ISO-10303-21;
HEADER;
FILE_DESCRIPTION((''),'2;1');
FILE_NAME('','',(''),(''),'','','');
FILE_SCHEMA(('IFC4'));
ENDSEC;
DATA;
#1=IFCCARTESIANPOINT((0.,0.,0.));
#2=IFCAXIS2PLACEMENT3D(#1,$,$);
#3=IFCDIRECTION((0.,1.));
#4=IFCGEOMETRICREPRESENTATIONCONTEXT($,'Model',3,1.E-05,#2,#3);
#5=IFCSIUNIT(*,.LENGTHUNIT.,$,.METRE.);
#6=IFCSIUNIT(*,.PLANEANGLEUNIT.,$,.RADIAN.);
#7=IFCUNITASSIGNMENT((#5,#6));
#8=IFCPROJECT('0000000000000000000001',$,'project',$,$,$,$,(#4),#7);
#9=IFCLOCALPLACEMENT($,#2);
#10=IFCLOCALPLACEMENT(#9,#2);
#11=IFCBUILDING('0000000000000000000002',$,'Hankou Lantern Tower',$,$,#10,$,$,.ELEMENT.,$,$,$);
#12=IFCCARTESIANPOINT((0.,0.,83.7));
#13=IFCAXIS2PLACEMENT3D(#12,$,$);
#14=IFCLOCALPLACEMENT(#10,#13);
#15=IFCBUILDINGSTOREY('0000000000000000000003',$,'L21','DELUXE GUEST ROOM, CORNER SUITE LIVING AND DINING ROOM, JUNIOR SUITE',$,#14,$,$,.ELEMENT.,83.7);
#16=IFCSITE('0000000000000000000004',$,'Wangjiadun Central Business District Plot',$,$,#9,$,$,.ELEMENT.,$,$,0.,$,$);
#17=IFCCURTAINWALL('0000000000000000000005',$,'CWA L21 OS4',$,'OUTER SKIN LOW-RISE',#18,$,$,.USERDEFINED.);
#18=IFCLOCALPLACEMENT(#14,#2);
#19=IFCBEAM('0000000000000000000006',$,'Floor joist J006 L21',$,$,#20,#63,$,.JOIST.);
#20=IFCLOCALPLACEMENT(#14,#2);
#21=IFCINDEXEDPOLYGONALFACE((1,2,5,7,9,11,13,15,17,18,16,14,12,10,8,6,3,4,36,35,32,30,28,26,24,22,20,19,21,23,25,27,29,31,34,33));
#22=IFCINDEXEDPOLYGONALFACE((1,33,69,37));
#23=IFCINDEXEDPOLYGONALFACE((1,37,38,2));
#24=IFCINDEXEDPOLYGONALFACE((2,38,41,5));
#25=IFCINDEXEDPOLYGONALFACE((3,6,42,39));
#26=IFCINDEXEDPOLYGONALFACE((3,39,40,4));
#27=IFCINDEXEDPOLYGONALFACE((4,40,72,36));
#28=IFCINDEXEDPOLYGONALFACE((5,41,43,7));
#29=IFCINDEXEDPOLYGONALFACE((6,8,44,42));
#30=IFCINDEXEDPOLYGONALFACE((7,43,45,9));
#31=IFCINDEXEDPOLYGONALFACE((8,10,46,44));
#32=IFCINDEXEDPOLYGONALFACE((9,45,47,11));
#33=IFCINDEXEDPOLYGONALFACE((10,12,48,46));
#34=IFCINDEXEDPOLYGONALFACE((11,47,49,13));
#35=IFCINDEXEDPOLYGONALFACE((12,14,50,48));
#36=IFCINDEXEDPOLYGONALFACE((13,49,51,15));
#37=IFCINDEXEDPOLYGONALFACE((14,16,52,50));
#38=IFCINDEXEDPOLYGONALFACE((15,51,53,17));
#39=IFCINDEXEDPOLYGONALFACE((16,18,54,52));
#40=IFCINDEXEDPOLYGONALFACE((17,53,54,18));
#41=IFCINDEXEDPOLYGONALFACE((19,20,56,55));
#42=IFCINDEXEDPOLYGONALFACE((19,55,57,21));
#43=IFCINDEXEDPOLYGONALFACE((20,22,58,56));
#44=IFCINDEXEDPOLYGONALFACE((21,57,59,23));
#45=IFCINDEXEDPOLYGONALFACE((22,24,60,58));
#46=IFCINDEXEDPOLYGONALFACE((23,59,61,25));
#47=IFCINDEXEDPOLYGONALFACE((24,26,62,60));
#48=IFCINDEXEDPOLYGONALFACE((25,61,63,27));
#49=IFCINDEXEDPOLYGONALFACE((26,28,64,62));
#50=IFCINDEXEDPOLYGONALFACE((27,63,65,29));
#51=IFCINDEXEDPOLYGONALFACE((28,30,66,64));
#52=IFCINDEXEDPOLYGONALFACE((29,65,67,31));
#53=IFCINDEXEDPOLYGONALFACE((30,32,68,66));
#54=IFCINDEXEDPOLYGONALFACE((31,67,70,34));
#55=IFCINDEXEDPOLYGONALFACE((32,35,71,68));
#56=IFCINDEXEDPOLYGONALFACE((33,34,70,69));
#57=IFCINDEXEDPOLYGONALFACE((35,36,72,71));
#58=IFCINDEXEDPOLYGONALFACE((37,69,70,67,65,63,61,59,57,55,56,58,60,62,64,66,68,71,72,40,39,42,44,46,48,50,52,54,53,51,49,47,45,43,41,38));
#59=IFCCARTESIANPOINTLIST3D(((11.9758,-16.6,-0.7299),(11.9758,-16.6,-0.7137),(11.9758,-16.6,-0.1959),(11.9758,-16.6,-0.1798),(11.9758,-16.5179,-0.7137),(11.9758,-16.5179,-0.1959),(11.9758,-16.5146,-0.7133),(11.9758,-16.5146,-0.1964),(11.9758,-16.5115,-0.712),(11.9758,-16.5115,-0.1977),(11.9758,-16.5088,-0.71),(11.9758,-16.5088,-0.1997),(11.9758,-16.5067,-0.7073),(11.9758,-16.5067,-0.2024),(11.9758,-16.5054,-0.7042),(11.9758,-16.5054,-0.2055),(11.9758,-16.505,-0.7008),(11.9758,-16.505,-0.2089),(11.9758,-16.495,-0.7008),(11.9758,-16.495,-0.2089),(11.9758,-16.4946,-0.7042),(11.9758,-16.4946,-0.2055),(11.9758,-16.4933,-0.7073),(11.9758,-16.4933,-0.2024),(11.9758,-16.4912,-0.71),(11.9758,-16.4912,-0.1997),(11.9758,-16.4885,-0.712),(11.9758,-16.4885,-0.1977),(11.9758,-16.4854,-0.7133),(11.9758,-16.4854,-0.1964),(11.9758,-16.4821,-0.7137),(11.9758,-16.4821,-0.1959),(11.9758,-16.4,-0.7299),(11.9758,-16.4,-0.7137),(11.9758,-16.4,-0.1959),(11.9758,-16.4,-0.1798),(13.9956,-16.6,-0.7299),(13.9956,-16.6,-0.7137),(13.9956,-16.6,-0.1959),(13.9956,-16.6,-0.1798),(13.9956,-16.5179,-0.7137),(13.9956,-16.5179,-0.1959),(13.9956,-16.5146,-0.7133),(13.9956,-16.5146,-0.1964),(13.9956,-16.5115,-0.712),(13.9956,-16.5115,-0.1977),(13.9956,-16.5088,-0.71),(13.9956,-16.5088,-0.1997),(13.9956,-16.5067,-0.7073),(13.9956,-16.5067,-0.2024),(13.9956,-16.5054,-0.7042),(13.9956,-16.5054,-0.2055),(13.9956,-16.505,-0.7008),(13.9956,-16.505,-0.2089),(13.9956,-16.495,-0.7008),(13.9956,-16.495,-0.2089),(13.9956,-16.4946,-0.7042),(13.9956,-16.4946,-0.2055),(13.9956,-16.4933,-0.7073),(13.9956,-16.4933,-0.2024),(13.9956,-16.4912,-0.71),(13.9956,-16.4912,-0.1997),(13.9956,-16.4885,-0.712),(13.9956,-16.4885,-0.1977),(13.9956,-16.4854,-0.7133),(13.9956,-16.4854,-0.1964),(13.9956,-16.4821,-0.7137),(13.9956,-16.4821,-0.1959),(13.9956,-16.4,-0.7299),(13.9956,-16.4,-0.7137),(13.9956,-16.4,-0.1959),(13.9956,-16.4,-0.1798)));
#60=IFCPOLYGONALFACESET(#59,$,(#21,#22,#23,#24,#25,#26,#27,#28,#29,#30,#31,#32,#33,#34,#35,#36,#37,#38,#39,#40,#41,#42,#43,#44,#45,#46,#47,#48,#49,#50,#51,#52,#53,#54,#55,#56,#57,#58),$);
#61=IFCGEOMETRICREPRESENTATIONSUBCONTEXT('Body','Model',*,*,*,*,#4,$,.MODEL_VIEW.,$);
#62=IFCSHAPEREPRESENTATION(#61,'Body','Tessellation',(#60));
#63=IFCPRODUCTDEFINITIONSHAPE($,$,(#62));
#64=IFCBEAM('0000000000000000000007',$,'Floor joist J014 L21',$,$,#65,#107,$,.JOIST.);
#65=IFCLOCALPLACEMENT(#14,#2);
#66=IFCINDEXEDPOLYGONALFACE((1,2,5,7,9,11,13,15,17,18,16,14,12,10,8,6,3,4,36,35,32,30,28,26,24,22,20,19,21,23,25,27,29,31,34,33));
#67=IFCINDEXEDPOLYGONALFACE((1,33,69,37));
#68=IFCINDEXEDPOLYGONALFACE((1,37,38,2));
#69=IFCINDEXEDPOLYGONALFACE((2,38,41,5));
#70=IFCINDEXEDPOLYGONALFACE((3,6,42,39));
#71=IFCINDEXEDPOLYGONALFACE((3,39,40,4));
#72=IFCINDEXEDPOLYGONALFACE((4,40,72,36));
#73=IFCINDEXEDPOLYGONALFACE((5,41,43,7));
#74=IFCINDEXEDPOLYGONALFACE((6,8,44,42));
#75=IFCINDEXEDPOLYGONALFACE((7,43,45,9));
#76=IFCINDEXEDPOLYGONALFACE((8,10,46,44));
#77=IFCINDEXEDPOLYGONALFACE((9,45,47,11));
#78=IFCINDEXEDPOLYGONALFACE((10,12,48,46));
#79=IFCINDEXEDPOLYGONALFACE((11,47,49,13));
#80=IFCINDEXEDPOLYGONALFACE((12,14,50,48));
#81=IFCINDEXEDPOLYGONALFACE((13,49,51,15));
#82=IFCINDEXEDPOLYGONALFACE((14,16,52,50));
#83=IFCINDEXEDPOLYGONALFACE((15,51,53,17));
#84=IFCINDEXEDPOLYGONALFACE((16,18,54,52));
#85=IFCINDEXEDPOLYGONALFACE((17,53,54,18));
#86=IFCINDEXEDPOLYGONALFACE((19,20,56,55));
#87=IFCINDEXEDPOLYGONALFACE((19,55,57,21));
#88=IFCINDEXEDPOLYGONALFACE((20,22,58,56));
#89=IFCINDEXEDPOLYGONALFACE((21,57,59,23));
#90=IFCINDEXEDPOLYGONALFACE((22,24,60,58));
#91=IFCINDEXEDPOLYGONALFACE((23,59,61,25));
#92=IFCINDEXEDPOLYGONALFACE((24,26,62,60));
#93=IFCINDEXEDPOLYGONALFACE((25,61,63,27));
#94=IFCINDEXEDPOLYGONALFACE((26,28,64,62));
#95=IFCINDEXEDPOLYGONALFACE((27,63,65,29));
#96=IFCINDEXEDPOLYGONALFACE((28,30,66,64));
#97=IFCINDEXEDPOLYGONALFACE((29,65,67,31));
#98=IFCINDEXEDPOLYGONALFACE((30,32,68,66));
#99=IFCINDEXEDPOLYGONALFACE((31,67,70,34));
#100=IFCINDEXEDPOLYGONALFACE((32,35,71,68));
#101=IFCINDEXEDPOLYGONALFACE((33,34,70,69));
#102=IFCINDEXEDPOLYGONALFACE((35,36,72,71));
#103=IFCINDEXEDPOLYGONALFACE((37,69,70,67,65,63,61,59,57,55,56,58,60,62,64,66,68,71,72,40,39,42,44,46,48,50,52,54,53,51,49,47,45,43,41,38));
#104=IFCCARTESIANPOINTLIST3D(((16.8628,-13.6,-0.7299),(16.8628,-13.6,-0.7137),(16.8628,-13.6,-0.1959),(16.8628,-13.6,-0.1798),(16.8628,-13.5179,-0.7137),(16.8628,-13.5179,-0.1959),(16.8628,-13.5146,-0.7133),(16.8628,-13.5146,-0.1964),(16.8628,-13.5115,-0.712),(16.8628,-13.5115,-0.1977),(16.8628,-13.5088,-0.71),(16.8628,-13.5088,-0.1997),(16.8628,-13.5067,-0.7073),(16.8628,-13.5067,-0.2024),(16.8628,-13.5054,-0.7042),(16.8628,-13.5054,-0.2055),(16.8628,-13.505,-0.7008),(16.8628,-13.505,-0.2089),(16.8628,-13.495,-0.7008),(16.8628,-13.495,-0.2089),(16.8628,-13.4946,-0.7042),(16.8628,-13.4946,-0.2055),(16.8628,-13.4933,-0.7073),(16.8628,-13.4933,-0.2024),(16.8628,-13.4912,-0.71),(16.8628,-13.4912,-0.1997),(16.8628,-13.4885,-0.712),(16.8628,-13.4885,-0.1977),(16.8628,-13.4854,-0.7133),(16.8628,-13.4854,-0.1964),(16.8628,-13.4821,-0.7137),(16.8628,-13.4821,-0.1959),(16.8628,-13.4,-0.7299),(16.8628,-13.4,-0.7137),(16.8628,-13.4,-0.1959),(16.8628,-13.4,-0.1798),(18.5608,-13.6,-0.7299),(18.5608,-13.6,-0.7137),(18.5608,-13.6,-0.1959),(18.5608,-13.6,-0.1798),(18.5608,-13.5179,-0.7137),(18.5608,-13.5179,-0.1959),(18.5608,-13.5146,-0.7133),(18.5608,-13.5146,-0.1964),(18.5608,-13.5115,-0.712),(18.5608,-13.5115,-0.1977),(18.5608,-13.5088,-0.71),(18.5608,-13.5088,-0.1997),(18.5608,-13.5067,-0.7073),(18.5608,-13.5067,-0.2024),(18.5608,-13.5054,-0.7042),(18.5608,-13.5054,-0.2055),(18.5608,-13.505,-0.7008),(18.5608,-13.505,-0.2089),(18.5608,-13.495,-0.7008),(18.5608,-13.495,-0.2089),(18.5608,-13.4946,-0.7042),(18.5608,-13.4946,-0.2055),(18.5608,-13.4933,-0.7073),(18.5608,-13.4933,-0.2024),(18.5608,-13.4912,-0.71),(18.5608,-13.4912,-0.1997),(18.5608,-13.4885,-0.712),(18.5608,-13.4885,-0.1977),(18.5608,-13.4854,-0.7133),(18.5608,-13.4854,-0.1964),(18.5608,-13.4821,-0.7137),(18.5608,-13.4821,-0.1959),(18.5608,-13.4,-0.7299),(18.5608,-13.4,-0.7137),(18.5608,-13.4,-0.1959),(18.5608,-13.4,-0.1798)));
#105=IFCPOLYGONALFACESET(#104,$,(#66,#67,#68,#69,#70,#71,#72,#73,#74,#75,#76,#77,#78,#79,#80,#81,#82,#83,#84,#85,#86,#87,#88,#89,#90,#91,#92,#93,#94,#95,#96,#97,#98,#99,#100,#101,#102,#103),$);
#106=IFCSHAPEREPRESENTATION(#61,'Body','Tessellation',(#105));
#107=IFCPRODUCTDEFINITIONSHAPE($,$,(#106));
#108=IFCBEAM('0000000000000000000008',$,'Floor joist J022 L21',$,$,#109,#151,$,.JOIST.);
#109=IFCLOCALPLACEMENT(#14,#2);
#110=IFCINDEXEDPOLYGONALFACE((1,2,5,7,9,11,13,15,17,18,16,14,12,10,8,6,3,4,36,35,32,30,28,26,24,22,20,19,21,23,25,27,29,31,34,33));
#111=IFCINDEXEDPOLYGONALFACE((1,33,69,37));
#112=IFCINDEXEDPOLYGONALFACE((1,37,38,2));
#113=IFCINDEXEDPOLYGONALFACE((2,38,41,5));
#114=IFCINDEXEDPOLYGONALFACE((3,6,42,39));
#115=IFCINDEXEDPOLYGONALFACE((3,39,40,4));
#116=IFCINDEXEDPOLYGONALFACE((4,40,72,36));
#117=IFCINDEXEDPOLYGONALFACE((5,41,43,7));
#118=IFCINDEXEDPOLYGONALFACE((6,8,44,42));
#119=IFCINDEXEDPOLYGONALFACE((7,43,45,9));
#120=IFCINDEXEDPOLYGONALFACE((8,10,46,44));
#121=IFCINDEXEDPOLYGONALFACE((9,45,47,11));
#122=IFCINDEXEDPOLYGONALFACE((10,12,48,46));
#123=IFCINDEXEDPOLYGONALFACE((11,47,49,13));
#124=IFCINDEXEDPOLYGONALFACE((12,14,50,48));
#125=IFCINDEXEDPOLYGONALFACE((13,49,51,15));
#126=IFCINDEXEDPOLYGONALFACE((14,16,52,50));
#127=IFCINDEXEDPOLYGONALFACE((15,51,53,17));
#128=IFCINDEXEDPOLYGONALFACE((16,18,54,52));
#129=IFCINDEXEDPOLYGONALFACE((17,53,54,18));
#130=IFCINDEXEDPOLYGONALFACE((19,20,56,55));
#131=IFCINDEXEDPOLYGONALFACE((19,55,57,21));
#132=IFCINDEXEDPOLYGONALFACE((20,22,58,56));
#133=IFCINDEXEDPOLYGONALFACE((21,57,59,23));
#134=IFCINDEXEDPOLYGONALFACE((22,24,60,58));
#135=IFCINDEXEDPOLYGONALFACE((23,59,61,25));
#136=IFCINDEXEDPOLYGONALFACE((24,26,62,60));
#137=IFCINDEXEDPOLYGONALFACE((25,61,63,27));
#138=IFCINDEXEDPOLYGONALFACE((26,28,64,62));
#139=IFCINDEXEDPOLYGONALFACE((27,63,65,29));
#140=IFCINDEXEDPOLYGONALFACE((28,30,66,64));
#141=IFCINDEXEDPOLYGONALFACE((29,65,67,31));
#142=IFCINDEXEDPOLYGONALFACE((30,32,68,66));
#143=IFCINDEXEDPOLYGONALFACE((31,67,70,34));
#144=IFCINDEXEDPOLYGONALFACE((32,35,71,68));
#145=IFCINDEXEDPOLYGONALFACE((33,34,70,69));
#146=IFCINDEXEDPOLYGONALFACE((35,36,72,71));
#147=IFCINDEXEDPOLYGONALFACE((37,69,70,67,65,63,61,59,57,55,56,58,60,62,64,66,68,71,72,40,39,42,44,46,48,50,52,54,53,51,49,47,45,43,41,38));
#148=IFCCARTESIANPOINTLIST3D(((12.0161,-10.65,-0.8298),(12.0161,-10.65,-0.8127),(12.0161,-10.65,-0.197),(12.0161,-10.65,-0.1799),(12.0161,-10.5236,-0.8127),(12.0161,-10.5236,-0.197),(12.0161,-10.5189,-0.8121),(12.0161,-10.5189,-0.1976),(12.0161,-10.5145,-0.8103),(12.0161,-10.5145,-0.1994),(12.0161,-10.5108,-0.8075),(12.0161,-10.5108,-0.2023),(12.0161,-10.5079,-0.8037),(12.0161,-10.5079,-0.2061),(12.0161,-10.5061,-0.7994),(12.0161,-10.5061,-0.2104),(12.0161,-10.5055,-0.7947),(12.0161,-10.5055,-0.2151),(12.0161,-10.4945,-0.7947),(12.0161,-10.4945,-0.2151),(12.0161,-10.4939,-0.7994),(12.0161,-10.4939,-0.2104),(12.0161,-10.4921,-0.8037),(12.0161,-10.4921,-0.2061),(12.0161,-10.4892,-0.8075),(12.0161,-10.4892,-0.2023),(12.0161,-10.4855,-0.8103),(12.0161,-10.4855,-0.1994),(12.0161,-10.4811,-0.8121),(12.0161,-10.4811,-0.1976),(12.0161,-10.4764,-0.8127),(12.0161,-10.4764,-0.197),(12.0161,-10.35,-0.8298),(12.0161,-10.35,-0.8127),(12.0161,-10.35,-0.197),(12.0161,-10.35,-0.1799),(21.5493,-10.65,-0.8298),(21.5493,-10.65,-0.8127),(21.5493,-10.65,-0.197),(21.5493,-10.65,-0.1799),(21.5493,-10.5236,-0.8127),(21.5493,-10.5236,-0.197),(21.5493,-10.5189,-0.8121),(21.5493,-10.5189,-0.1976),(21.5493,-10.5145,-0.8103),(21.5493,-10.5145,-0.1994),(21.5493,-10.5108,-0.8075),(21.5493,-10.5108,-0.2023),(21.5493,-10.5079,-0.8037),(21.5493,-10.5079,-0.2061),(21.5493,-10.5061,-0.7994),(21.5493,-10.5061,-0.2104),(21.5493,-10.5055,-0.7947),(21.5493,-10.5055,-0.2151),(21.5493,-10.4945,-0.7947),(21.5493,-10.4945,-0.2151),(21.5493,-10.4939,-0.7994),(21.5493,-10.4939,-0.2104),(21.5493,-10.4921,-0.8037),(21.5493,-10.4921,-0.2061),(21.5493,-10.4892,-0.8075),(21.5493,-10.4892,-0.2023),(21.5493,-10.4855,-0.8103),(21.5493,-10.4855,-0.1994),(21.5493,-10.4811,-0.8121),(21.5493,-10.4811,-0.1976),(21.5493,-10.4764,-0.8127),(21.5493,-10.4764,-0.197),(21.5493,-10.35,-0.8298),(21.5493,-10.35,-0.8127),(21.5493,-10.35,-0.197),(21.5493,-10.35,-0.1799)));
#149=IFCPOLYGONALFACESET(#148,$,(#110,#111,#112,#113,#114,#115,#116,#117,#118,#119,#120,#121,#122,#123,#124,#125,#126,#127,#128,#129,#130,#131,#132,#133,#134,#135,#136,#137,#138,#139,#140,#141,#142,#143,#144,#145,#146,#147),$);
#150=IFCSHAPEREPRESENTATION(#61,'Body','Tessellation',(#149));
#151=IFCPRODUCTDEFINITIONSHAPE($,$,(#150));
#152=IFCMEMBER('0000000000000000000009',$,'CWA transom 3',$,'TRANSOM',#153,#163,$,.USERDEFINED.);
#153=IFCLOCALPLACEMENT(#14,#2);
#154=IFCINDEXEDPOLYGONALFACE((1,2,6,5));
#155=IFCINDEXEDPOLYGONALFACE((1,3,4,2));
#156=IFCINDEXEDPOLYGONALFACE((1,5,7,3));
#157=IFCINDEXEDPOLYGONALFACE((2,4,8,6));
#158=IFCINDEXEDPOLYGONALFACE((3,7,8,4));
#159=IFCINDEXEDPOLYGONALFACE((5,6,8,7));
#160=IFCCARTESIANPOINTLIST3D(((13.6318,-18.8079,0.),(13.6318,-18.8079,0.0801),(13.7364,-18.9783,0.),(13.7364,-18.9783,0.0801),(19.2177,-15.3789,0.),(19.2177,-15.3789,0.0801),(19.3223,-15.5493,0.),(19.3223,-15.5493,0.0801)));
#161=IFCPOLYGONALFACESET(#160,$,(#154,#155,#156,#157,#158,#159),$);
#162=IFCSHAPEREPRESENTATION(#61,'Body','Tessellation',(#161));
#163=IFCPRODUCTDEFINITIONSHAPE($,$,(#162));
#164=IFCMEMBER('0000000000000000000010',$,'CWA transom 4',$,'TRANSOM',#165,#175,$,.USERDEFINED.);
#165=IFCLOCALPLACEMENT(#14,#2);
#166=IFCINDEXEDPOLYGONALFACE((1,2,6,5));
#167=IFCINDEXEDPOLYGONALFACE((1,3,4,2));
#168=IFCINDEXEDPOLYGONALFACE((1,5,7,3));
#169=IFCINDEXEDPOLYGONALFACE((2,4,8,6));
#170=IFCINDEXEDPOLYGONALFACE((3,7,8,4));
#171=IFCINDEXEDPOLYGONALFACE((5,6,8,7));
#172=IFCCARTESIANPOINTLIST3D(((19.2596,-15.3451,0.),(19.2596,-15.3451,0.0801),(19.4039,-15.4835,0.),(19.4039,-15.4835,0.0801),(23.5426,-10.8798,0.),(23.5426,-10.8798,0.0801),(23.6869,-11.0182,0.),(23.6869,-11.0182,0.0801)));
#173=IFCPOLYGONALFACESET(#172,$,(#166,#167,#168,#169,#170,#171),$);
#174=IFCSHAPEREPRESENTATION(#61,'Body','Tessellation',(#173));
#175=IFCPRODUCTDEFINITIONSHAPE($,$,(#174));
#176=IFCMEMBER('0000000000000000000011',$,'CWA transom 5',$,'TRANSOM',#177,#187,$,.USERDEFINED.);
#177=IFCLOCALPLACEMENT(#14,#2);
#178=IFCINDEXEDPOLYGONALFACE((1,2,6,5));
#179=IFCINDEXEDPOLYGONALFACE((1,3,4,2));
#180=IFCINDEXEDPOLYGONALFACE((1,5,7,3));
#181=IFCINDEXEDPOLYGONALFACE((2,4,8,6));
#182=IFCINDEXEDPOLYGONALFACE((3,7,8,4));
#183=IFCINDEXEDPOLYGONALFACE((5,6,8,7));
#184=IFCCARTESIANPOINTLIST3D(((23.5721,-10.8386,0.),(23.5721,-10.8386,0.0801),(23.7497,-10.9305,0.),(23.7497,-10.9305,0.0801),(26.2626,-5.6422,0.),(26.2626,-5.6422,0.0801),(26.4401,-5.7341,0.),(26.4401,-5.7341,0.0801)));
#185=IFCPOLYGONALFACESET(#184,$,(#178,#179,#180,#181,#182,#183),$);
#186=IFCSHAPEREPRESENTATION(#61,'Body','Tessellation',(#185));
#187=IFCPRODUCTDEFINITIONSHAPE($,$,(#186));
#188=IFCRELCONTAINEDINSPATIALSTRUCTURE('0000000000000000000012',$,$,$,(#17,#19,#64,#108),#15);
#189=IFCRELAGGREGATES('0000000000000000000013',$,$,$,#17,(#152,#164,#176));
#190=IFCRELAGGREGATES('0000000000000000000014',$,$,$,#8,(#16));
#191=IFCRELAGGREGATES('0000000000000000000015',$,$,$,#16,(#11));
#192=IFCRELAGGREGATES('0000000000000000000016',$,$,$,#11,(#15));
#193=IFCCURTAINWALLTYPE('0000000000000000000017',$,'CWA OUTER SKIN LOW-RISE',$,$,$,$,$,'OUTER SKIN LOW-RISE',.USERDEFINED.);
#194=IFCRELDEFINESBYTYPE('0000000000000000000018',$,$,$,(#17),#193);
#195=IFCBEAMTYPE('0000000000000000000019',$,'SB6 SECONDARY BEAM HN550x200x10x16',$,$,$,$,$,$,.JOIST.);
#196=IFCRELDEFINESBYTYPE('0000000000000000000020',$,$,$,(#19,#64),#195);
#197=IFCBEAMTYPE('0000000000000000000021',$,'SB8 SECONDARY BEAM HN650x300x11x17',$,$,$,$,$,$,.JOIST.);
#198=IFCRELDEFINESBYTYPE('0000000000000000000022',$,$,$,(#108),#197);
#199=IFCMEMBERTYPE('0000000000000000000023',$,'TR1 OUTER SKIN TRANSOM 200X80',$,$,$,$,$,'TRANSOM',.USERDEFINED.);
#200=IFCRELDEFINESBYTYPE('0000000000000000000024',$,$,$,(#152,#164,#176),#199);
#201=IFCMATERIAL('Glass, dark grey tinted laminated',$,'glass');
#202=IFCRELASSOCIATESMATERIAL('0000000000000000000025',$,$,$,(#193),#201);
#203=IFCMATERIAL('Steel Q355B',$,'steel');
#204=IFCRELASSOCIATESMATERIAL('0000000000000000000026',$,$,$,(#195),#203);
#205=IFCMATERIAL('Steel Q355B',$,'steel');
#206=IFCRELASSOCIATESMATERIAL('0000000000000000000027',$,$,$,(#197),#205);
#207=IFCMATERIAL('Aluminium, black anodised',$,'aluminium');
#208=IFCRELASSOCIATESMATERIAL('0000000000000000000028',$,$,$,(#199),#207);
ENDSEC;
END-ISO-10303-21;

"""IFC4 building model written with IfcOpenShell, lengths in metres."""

from ifc_helpers import new_model, si_unit, direction, frame, origin, origin_2d, place, context, subcontext, project, spatial, rectangle, i_section, extrude, material, material_profile, profile_set, type_object, element, aggregate, save


model = new_model("IFC4")

# Units and contexts
model_context = context("Model", 3, precision=1e-05, world=origin(), true_north=direction((0.0, 1.0)))
body_context = subcontext(model_context, "Body", "Model", "MODEL_VIEW")
ifc_project = project(units=[si_unit("LENGTHUNIT", "METRE"), si_unit("PLANEANGLEUNIT", "RADIAN")], contexts=[model_context])

# Site, building, storey
site_placement = place(None, origin())
site = spatial("IfcSite", under=ifc_project, at=site_placement, Name="Wangjiadun Central Business District Plot", CompositionType="ELEMENT", RefElevation=0.0)
building_placement = place(site_placement, origin())
building = spatial("IfcBuilding", under=site, at=building_placement, Name="Hankou Lantern Tower", CompositionType="ELEMENT")
storey_placement = place(building_placement, frame((0.0, 0.0, 83.7)))
storey = spatial("IfcBuildingStorey", under=building, at=storey_placement, Name="L21", Description="DELUXE GUEST ROOM, CORNER SUITE LIVING AND DINING ROOM, JUNIOR SUITE", CompositionType="ELEMENT", Elevation=83.7)

# Curtain wall
ifc_material_1 = material(Name="Glass, dark grey tinted laminated", Category="glass")
curtain_wall_type = type_object("IfcCurtainWallType", Name="CWA OUTER SKIN LOW-RISE", ElementType="OUTER SKIN LOW-RISE", PredefinedType="USERDEFINED", material=ifc_material_1)
curtain_wall_placement = place(storey_placement, origin())
curtain_wall = element("IfcCurtainWall", 1, at=curtain_wall_placement, inside=storey, type_object=curtain_wall_type, Name="CWA L21 OS4", ObjectType="OUTER SKIN LOW-RISE", PredefinedType="USERDEFINED")

# Beams
ifc_material_2 = material(Name="Steel Q355B", Category="steel")
ifc_material_profile_1 = material_profile(ifc_material_2, i_section(OverallWidth=0.2, OverallDepth=0.55, WebThickness=0.01, FlangeThickness=0.0161, FilletRadius=0.0129, at=origin_2d()), Name="HN550x200x10x16")
ifc_profile_set_1 = profile_set([ifc_material_profile_1], Name="Steel Q355B")
beam_type_1 = type_object("IfcBeamType", Name="SB6 SECONDARY BEAM HN550x200x10x16", PredefinedType="JOIST", material=ifc_profile_set_1)
beam_1_placement = place(storey_placement, frame((11.9758, -16.5, -0.4548), z_axis=(1.0, 0.0, 0.0), x_axis=(0.0, 1.0, 0.0)))
element("IfcBeam", 2, at=beam_1_placement, inside=storey, type_object=beam_type_1, Name="Floor joist J006 L21", PredefinedType="JOIST", context=body_context, shape_type="SweptSolid", body=[
    extrude(i_section(OverallWidth=0.2, OverallDepth=0.55, WebThickness=0.01, FlangeThickness=0.0161, FilletRadius=0.0129, at=origin_2d()), origin(), (0.0, 0.0, 1.0), 2.0198),
])
beam_2_placement = place(storey_placement, frame((16.8628, -13.5, -0.4548), z_axis=(1.0, 0.0, 0.0), x_axis=(0.0, 1.0, 0.0)))
element("IfcBeam", 3, at=beam_2_placement, inside=storey, type_object=beam_type_1, Name="Floor joist J014 L21", PredefinedType="JOIST", context=body_context, shape_type="SweptSolid", body=[
    extrude(i_section(OverallWidth=0.2, OverallDepth=0.55, WebThickness=0.01, FlangeThickness=0.0161, FilletRadius=0.0129, at=origin_2d()), origin(), (0.0, 0.0, 1.0), 1.698),
])
ifc_material_3 = material(Name="Steel Q355B", Category="steel")
ifc_material_profile_2 = material_profile(ifc_material_3, i_section(OverallWidth=0.3, OverallDepth=0.6499, WebThickness=0.011, FlangeThickness=0.0171, FilletRadius=0.0181, at=origin_2d()), Name="HN650x300x11x17")
ifc_profile_set_2 = profile_set([ifc_material_profile_2], Name="Steel Q355B")
beam_type_2 = type_object("IfcBeamType", Name="SB8 SECONDARY BEAM HN650x300x11x17", PredefinedType="JOIST", material=ifc_profile_set_2)
beam_3_placement = place(storey_placement, frame((12.0161, -10.5, -0.5049), z_axis=(1.0, 0.0, 0.0), x_axis=(0.0, 1.0, 0.0)))
element("IfcBeam", 4, at=beam_3_placement, inside=storey, type_object=beam_type_2, Name="Floor joist J022 L21", PredefinedType="JOIST", context=body_context, shape_type="SweptSolid", body=[
    extrude(i_section(OverallWidth=0.3, OverallDepth=0.6499, WebThickness=0.011, FlangeThickness=0.0171, FilletRadius=0.0181, at=origin_2d()), origin(), (0.0, 0.0, 1.0), 9.5332),
])

# Members
ifc_material_4 = material(Name="Aluminium, black anodised", Category="aluminium")
ifc_material_profile_3 = material_profile(ifc_material_4, rectangle(XDim=0.2, YDim=0.0801, at=origin_2d()), Name="TR1 200X80")
ifc_profile_set_3 = profile_set([ifc_material_profile_3], Name="Aluminium, black anodised")
member_type_1 = type_object("IfcMemberType", Name="TR1 OUTER SKIN TRANSOM 200X80", ElementType="TRANSOM", PredefinedType="USERDEFINED", material=ifc_profile_set_3)
member_1_placement = place(storey_placement, frame((13.6841, -18.8931, 0.04), z_axis=(0.85224, 0.523152, 0.0), x_axis=(-0.523152, 0.85224, 0.0)))
member_1 = element("IfcMember", 5, at=member_1_placement, type_object=member_type_1, Name="CWA transom 3", ObjectType="TRANSOM", PredefinedType="USERDEFINED", context=body_context, shape_type="SweptSolid", body=[
    extrude(rectangle(XDim=0.2, YDim=0.0801, at=origin_2d()), origin(), (0.0, 0.0, 1.0), 6.5544),
])
member_2_placement = place(storey_placement, frame((19.3318, -15.4143, 0.04), z_axis=(0.692216, 0.721691, 0.0), x_axis=(-0.721691, 0.692216, 0.0)))
member_2 = element("IfcMember", 6, at=member_2_placement, type_object=member_type_1, Name="CWA transom 4", ObjectType="TRANSOM", PredefinedType="USERDEFINED", context=body_context, shape_type="SweptSolid", body=[
    extrude(rectangle(XDim=0.2, YDim=0.0801, at=origin_2d()), origin(), (0.0, 0.0, 1.0), 6.1873),
])
member_3_placement = place(storey_placement, frame((23.6609, -10.8845, 0.04), z_axis=(0.459786, 0.88803, 0.0), x_axis=(-0.88803, 0.459786, 0.0)))
member_3 = element("IfcMember", 7, at=member_3_placement, type_object=member_type_1, Name="CWA transom 5", ObjectType="TRANSOM", PredefinedType="USERDEFINED", context=body_context, shape_type="SweptSolid", body=[
    extrude(rectangle(XDim=0.2, YDim=0.0801, at=origin_2d()), origin(), (0.0, 0.0, 1.0), 5.8516),
])

aggregate(curtain_wall, [member_1, member_2, member_3])

save(model, "model.ifc")
